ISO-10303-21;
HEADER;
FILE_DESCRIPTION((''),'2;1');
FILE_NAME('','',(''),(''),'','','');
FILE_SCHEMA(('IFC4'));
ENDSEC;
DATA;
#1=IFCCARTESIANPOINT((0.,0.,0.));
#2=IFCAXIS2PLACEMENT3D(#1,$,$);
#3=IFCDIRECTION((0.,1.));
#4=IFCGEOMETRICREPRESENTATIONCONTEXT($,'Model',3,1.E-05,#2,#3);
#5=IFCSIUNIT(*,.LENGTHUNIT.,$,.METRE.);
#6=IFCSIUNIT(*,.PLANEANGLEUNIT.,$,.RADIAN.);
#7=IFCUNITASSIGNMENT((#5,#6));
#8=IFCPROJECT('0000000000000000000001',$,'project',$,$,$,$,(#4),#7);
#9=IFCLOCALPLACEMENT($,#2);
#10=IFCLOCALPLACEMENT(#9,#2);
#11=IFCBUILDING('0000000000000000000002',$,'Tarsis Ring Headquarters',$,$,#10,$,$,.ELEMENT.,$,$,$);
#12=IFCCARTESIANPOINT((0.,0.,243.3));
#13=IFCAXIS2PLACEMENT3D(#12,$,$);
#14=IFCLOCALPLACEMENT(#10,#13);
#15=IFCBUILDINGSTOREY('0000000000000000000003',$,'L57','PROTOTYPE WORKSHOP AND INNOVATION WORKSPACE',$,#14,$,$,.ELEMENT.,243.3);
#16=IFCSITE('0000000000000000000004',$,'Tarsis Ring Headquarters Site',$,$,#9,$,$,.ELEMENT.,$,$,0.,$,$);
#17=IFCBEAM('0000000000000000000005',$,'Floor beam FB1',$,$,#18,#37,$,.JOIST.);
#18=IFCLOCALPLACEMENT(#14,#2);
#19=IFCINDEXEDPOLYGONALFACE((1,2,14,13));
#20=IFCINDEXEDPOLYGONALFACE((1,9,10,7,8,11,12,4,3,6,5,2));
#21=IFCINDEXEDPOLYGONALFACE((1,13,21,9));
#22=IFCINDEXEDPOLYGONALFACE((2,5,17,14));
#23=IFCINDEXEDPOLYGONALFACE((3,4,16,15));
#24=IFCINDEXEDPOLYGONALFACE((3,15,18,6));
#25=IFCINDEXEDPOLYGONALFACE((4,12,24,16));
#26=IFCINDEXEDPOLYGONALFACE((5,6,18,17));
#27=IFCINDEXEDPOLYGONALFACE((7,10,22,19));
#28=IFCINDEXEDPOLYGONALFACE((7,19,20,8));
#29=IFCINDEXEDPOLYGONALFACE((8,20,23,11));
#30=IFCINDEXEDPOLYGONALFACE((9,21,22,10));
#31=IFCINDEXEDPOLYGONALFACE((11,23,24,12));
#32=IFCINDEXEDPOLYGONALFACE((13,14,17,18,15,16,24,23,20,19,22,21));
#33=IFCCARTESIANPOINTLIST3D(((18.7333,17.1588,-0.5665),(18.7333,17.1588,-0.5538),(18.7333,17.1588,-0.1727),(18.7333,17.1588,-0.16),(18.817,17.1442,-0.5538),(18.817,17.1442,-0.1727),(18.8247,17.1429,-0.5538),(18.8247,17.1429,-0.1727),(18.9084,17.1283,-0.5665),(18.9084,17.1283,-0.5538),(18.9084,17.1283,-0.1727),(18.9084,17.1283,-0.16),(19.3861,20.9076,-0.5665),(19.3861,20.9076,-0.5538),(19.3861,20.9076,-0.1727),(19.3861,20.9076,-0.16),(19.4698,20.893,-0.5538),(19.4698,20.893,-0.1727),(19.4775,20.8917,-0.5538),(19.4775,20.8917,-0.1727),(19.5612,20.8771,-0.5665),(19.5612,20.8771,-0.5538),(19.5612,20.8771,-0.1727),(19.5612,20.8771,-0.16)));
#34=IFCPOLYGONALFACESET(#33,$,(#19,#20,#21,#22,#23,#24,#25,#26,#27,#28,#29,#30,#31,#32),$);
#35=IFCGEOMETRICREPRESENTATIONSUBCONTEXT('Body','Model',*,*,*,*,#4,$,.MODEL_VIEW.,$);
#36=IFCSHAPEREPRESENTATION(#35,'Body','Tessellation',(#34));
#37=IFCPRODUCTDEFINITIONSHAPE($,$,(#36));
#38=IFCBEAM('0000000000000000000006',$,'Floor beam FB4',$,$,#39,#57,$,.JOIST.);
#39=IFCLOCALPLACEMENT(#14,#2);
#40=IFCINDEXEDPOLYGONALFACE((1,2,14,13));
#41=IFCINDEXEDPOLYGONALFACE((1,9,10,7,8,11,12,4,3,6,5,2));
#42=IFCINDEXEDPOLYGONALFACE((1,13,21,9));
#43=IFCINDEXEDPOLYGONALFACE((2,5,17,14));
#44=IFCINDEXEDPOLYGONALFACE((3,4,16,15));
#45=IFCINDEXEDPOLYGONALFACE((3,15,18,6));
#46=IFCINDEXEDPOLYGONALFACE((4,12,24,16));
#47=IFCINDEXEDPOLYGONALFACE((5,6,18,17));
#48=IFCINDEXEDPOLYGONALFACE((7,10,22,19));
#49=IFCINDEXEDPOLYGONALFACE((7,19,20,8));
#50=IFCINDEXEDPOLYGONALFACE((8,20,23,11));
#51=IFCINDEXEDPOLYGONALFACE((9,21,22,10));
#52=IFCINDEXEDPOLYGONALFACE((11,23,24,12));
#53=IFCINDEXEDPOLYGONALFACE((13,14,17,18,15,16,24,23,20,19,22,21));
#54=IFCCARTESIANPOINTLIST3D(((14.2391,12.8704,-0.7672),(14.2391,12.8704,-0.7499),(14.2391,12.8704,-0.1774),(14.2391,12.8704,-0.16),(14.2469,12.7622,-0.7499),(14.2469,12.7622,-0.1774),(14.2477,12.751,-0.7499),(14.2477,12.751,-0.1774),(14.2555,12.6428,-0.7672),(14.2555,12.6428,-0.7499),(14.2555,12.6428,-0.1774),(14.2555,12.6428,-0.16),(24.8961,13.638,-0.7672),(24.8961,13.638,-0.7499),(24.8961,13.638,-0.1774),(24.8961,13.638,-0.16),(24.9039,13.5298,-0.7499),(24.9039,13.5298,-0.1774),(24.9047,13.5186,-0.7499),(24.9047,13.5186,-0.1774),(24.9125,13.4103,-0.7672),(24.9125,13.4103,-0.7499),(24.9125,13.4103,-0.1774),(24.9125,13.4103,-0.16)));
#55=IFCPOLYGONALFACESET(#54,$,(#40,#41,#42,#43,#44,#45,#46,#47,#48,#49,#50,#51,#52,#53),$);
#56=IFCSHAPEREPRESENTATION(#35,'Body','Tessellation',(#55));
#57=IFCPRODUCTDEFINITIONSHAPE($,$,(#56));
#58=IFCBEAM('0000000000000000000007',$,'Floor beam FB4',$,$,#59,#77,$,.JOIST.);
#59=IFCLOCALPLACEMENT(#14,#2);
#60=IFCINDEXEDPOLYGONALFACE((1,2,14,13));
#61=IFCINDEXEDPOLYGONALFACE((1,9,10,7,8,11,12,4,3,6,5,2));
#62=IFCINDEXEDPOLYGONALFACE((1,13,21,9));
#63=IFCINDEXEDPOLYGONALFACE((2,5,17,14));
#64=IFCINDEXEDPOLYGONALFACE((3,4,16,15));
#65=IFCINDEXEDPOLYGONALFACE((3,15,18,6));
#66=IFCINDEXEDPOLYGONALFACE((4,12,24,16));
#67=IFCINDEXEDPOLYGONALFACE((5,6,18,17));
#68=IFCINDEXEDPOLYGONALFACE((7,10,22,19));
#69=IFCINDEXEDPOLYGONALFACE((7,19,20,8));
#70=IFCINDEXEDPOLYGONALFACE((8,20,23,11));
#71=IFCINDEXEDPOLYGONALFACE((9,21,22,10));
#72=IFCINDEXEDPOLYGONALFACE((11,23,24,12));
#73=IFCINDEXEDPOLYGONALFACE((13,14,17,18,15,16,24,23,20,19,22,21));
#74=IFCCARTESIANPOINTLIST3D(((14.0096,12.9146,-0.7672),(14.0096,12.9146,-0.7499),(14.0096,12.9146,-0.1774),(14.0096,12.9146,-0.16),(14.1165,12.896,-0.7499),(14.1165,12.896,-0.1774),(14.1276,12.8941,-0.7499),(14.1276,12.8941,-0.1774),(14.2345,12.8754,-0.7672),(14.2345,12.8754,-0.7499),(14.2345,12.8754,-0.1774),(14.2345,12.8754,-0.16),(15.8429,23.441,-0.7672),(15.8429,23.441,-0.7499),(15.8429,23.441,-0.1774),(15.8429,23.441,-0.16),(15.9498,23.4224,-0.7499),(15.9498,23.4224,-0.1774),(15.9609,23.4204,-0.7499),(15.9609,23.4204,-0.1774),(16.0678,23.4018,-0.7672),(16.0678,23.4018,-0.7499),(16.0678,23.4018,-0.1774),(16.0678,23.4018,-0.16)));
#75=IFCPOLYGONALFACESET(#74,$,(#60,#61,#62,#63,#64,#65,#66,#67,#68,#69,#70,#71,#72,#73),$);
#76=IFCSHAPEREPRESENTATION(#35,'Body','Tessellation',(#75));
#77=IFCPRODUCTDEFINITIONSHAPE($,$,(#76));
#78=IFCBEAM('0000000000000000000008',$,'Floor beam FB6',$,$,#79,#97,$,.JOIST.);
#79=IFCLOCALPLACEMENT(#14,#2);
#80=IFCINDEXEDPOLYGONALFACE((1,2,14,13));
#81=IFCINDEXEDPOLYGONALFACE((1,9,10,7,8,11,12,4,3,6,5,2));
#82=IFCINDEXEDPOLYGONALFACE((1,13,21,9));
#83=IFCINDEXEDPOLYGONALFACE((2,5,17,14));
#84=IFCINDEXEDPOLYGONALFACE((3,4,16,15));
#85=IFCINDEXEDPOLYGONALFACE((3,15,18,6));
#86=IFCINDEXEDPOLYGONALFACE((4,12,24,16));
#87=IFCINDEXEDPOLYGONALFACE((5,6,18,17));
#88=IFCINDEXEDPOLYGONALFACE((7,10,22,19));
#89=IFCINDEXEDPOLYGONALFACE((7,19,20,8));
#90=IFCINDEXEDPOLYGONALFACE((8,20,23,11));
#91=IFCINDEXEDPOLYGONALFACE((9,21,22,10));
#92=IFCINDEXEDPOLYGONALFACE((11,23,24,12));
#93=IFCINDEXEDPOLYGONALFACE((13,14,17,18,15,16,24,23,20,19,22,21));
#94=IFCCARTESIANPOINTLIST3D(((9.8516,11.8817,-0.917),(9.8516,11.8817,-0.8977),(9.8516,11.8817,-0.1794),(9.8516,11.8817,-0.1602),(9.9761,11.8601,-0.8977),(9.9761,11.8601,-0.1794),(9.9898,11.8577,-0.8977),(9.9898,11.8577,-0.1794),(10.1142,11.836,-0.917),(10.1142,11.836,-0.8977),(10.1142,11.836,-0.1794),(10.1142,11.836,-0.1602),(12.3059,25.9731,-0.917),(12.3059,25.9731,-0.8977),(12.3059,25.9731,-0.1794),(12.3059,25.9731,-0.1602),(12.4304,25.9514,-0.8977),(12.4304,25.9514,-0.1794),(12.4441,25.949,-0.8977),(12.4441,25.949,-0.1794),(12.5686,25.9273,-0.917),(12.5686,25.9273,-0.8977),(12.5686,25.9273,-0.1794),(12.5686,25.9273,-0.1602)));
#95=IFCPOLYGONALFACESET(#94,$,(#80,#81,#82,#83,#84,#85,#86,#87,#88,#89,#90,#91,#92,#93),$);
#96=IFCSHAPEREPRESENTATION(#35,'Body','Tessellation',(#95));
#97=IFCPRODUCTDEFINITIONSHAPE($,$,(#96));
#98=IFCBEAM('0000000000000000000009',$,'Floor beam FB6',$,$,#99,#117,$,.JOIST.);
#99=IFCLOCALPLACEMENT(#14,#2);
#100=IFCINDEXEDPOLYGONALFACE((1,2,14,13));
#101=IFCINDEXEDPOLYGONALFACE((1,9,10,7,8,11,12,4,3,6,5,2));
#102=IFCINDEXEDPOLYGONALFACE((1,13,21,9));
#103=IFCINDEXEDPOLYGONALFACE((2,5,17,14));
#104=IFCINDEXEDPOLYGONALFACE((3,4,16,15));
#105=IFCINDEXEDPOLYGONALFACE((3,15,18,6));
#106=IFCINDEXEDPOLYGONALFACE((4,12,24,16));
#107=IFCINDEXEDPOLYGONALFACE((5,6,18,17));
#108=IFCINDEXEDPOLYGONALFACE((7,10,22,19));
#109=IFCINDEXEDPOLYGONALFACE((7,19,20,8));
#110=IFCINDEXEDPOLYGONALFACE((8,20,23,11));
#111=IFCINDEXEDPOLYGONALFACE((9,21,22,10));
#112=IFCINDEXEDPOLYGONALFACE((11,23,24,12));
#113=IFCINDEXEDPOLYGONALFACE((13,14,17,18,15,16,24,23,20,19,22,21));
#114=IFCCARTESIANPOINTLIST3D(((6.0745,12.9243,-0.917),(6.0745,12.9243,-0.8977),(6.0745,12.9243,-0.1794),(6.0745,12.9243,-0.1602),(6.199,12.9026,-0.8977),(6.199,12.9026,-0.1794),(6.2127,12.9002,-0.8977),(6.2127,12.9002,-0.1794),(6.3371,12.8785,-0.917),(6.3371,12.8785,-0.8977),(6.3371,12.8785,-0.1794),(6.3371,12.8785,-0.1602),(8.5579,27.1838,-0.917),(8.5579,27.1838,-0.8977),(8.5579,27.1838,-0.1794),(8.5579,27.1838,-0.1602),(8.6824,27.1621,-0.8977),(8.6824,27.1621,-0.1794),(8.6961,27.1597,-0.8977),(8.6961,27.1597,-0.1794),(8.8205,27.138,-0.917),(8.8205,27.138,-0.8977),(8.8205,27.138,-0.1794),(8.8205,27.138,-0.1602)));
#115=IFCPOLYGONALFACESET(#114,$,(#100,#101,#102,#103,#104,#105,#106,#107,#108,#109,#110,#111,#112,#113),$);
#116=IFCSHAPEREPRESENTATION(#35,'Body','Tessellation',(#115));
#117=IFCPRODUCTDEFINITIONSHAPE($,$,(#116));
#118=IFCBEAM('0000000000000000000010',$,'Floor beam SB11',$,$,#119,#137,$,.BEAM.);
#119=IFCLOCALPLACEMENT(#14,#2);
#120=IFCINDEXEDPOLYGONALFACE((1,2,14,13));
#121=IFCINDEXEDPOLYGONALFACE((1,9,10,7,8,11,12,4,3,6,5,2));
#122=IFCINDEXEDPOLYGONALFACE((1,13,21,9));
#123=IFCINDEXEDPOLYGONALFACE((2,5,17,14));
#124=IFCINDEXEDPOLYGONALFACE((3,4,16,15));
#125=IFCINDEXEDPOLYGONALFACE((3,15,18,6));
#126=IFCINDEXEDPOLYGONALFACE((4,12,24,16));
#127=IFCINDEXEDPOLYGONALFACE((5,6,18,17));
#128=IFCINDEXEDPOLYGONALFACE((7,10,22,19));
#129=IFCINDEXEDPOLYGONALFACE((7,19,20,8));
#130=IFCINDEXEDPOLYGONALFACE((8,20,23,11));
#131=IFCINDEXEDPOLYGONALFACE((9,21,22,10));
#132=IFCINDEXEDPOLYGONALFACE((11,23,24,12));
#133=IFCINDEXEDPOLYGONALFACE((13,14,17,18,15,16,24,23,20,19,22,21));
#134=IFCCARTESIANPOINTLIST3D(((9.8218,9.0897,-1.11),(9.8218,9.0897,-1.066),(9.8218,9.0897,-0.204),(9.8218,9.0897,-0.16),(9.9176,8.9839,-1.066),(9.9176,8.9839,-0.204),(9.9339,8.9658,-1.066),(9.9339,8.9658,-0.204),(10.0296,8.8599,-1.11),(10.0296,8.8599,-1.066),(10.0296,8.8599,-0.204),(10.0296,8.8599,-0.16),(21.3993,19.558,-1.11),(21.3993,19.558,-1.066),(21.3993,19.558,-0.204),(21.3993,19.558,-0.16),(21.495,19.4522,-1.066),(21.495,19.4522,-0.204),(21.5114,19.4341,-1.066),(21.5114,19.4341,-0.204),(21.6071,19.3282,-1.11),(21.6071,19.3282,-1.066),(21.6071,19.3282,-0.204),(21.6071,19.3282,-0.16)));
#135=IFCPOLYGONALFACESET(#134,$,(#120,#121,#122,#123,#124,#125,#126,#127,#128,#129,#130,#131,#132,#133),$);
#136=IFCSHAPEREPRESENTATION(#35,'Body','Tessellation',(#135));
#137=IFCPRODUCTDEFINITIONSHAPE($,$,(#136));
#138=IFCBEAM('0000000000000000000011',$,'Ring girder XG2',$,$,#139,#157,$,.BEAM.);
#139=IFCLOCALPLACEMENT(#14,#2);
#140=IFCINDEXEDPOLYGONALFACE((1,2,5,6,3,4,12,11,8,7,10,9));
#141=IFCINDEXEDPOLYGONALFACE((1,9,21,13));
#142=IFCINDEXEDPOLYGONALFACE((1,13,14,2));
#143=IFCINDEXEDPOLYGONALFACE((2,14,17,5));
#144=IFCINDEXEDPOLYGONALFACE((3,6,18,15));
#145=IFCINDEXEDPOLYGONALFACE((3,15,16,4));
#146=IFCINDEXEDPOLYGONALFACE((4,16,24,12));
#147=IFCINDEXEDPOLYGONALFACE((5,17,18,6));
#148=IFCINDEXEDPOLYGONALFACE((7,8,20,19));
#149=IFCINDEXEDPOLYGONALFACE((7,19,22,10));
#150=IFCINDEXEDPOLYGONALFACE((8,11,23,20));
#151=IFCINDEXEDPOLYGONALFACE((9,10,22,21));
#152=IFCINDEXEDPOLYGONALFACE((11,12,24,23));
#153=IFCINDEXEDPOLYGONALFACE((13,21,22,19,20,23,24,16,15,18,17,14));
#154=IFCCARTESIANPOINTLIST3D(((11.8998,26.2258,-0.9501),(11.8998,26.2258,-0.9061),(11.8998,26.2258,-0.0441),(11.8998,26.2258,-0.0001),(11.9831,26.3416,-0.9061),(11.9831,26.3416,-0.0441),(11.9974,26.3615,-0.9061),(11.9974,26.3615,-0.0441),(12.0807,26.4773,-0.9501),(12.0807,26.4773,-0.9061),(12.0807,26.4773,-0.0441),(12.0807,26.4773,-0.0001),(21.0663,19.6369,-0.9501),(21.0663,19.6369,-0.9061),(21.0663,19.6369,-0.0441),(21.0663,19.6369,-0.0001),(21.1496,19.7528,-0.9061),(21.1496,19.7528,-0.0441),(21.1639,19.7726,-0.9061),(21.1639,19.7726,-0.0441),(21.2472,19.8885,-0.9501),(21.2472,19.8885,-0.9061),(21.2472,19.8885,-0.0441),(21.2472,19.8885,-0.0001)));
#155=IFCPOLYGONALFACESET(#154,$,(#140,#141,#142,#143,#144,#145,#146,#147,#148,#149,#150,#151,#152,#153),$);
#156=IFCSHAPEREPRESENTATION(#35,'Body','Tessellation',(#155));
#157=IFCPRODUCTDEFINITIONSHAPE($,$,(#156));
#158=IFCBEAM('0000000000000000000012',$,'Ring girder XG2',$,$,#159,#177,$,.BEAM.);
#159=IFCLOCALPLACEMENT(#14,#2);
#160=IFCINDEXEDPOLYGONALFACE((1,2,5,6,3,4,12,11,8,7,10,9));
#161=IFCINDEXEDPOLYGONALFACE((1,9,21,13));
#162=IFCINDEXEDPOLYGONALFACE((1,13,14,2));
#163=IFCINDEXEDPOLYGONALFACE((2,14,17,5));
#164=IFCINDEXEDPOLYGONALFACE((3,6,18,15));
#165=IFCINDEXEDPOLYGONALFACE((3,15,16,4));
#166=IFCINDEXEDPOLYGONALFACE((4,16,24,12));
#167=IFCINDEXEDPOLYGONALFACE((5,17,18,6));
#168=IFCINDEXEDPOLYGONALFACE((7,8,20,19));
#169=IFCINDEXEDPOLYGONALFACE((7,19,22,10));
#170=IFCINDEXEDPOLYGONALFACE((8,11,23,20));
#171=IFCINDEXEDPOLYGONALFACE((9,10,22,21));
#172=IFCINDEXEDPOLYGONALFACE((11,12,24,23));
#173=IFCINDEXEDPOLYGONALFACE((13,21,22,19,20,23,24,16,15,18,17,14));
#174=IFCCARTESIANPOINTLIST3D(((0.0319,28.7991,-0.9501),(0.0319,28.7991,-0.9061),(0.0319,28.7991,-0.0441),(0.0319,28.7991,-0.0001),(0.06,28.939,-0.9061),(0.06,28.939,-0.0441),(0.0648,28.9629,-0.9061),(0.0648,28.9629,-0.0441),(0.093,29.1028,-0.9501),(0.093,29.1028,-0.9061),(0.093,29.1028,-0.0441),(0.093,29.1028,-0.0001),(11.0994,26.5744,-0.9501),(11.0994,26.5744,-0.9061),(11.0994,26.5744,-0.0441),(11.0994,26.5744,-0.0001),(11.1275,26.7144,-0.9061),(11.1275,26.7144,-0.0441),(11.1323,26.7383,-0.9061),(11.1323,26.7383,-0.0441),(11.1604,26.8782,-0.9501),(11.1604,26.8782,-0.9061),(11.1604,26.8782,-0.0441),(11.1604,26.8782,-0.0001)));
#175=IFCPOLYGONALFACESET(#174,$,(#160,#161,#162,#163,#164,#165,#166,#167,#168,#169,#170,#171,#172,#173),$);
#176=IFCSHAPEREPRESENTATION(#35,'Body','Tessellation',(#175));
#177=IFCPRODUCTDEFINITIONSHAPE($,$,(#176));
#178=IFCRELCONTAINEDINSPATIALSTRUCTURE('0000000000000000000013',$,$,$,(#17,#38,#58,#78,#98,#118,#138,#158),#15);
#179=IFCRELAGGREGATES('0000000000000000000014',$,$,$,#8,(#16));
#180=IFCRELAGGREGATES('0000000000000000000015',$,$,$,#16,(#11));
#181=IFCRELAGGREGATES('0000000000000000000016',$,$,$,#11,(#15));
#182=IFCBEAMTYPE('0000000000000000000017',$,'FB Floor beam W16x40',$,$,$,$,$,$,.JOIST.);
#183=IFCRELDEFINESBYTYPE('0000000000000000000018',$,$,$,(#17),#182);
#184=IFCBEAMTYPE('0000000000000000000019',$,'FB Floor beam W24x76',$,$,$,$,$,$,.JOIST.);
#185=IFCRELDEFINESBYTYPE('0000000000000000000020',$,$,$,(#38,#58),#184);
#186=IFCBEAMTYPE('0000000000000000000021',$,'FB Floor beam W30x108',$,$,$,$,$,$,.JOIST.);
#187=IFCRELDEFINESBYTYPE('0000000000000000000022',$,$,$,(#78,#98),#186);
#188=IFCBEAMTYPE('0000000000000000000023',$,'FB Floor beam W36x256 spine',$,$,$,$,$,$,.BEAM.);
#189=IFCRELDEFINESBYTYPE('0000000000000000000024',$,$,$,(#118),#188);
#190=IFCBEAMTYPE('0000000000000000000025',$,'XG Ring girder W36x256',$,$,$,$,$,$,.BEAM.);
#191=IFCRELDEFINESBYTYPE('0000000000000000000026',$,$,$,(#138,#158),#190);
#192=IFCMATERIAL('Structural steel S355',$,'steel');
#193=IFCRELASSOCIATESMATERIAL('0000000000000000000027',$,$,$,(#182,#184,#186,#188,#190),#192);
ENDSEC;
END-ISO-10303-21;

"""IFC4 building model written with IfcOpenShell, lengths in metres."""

from ifc_helpers import new_model, si_unit, direction, frame, origin, origin_2d, place, context, subcontext, project, spatial, i_section, extrude, material, material_profile, profile_set, type_object, element, save


model = new_model("IFC4")

# Units and contexts
model_context = context("Model", 3, precision=1e-05, world=origin(), true_north=direction((0.0, 1.0)))
body_context = subcontext(model_context, "Body", "Model", "MODEL_VIEW")
ifc_project = project(units=[si_unit("LENGTHUNIT", "METRE"), si_unit("PLANEANGLEUNIT", "RADIAN")], contexts=[model_context])

# Site, building, storey
site_placement = place(None, origin())
site = spatial("IfcSite", under=ifc_project, at=site_placement, Name="Tarsis Ring Headquarters Site", CompositionType="ELEMENT", RefElevation=0.0)
building_placement = place(site_placement, origin())
building = spatial("IfcBuilding", under=site, at=building_placement, Name="Tarsis Ring Headquarters", CompositionType="ELEMENT")
storey_placement = place(building_placement, frame((0.0, 0.0, 243.3)))
storey = spatial("IfcBuildingStorey", under=building, at=storey_placement, Name="L57", Description="PROTOTYPE WORKSHOP AND INNOVATION WORKSPACE", CompositionType="ELEMENT", Elevation=243.3)

# Shared definitions
ifc_material_1 = material(Name="Structural steel S355", Category="steel")

# Beams
ifc_material_profile_1 = material_profile(ifc_material_1, i_section(OverallWidth=0.1777, OverallDepth=0.4065, WebThickness=0.0078, FlangeThickness=0.0127, at=origin_2d()), Name="W16x40")
ifc_profile_set_1 = profile_set([ifc_material_profile_1], Name="Structural steel S355")
beam_type_1 = type_object("IfcBeamType", Name="FB Floor beam W16x40", PredefinedType="JOIST", material=ifc_profile_set_1)
for number, where, z_axis, x_axis, name in (
    (1, (19.4736, 20.8923, -0.3633), (-0.171563, -0.985173, 0.0), (0.985173, -0.171563, 0.0), "Floor beam FB1"),
):
    element("IfcBeam", number, at=place(storey_placement, frame(where, z_axis=z_axis, x_axis=x_axis)), inside=storey, type_object=beam_type_1, Name=name, PredefinedType="JOIST", context=body_context, shape_type="SweptSolid", body=[
        extrude(i_section(OverallWidth=0.1777, OverallDepth=0.4065, WebThickness=0.0078, FlangeThickness=0.0127, at=origin_2d()), origin(), (0.0, 0.0, 1.0), 3.8052),
    ])
ifc_material_profile_2 = material_profile(ifc_material_1, i_section(OverallWidth=0.2283, OverallDepth=0.6072, WebThickness=0.0112, FlangeThickness=0.0173, at=origin_2d()), Name="W24x76")
ifc_profile_set_2 = profile_set([ifc_material_profile_2], Name="Structural steel S355")
beam_type_2 = type_object("IfcBeamType", Name="FB Floor beam W24x76", PredefinedType="JOIST", material=ifc_profile_set_2)
beam_1_placement = place(storey_placement, frame((14.2473, 12.7566, -0.4636), z_axis=(0.997416, 0.07184, 0.0), x_axis=(-0.07184, 0.997416, 0.0)))
element("IfcBeam", 2, at=beam_1_placement, inside=storey, type_object=beam_type_2, Name="Floor beam FB4", PredefinedType="JOIST", context=body_context, shape_type="SweptSolid", body=[
    extrude(i_section(OverallWidth=0.2283, OverallDepth=0.6072, WebThickness=0.0112, FlangeThickness=0.0173, at=origin_2d()), origin(), (0.0, 0.0, 1.0), 10.6846),
])
beam_2_placement = place(storey_placement, frame((15.9553, 23.4214, -0.4636), z_axis=(-0.171575, -0.985171, 0.0), x_axis=(0.985171, -0.171575, 0.0)))
element("IfcBeam", 3, at=beam_2_placement, inside=storey, type_object=beam_type_2, Name="Floor beam FB4", PredefinedType="JOIST", context=body_context, shape_type="SweptSolid", body=[
    extrude(i_section(OverallWidth=0.2283, OverallDepth=0.6072, WebThickness=0.0112, FlangeThickness=0.0173, at=origin_2d()), origin(), (0.0, 0.0, 1.0), 10.6848),
])
ifc_material_profile_3 = material_profile(ifc_material_1, i_section(OverallWidth=0.2666, OverallDepth=0.7568, WebThickness=0.0139, FlangeThickness=0.0193, at=origin_2d()), Name="W30x108")
ifc_profile_set_3 = profile_set([ifc_material_profile_3], Name="Structural steel S355")
beam_type_3 = type_object("IfcBeamType", Name="FB Floor beam W30x108", PredefinedType="JOIST", material=ifc_profile_set_3)
beam_3_placement = place(storey_placement, frame((12.4373, 25.9502, -0.5386), z_axis=(-0.171591, -0.985168, 0.0), x_axis=(0.985168, -0.171591, 0.0)))
element("IfcBeam", 4, at=beam_3_placement, inside=storey, type_object=beam_type_3, Name="Floor beam FB6", PredefinedType="JOIST", context=body_context, shape_type="SweptSolid", body=[
    extrude(i_section(OverallWidth=0.2666, OverallDepth=0.7568, WebThickness=0.0139, FlangeThickness=0.0193, at=origin_2d()), origin(), (0.0, 0.0, 1.0), 14.3035),
])
beam_4_placement = place(storey_placement, frame((8.6892, 27.1609, -0.5386), z_axis=(-0.171575, -0.985171, 0.0), x_axis=(0.985171, -0.171575, 0.0)))
element("IfcBeam", 5, at=beam_4_placement, inside=storey, type_object=beam_type_3, Name="Floor beam FB6", PredefinedType="JOIST", context=body_context, shape_type="SweptSolid", body=[
    extrude(i_section(OverallWidth=0.2666, OverallDepth=0.7568, WebThickness=0.0139, FlangeThickness=0.0193, at=origin_2d()), origin(), (0.0, 0.0, 1.0), 14.4741),
])
ifc_material_profile_4 = material_profile(ifc_material_1, i_section(OverallWidth=0.3098, OverallDepth=0.95, WebThickness=0.0244, FlangeThickness=0.0439, at=origin_2d()), Name="W36x256")
ifc_profile_set_4 = profile_set([ifc_material_profile_4], Name="Structural steel S355")
beam_type_4 = type_object("IfcBeamType", Name="FB Floor beam W36x256 spine", PredefinedType="BEAM", material=ifc_profile_set_4)
beam_5_placement = place(storey_placement, frame((21.5032, 19.4431, -0.635), z_axis=(-0.741744, -0.670684, 0.0), x_axis=(0.670684, -0.741744, 0.0)))
element("IfcBeam", 6, at=beam_5_placement, inside=storey, type_object=beam_type_4, Name="Floor beam SB11", PredefinedType="BEAM", context=body_context, shape_type="SweptSolid", body=[
    extrude(i_section(OverallWidth=0.3098, OverallDepth=0.95, WebThickness=0.0244, FlangeThickness=0.0439, at=origin_2d()), origin(), (0.0, 0.0, 1.0), 15.6084),
])
beam_type_5 = type_object("IfcBeamType", Name="XG Ring girder W36x256", PredefinedType="BEAM", material=ifc_profile_set_4)
for number, where, z_axis, x_axis, name in (
    (7, (21.1567, 19.7627, -0.4751), (-0.811997, 0.583662, 0.0), (-0.583662, -0.811997, 0.0), "Ring girder XG2"),
    (8, (11.1299, 26.7263, -0.4751), (-0.980391, 0.197064, 0.0), (-0.197064, -0.980391, 0.0), "Ring girder XG2"),
):
    element("IfcBeam", number, at=place(storey_placement, frame(where, z_axis=z_axis, x_axis=x_axis)), inside=storey, type_object=beam_type_5, Name=name, PredefinedType="BEAM", context=body_context, shape_type="SweptSolid", body=[
        extrude(i_section(OverallWidth=0.3098, OverallDepth=0.95, WebThickness=0.0244, FlangeThickness=0.0439, at=origin_2d()), origin(), (0.0, 0.0, 1.0), 11.2888),
    ])

save(model, "model.ifc")
